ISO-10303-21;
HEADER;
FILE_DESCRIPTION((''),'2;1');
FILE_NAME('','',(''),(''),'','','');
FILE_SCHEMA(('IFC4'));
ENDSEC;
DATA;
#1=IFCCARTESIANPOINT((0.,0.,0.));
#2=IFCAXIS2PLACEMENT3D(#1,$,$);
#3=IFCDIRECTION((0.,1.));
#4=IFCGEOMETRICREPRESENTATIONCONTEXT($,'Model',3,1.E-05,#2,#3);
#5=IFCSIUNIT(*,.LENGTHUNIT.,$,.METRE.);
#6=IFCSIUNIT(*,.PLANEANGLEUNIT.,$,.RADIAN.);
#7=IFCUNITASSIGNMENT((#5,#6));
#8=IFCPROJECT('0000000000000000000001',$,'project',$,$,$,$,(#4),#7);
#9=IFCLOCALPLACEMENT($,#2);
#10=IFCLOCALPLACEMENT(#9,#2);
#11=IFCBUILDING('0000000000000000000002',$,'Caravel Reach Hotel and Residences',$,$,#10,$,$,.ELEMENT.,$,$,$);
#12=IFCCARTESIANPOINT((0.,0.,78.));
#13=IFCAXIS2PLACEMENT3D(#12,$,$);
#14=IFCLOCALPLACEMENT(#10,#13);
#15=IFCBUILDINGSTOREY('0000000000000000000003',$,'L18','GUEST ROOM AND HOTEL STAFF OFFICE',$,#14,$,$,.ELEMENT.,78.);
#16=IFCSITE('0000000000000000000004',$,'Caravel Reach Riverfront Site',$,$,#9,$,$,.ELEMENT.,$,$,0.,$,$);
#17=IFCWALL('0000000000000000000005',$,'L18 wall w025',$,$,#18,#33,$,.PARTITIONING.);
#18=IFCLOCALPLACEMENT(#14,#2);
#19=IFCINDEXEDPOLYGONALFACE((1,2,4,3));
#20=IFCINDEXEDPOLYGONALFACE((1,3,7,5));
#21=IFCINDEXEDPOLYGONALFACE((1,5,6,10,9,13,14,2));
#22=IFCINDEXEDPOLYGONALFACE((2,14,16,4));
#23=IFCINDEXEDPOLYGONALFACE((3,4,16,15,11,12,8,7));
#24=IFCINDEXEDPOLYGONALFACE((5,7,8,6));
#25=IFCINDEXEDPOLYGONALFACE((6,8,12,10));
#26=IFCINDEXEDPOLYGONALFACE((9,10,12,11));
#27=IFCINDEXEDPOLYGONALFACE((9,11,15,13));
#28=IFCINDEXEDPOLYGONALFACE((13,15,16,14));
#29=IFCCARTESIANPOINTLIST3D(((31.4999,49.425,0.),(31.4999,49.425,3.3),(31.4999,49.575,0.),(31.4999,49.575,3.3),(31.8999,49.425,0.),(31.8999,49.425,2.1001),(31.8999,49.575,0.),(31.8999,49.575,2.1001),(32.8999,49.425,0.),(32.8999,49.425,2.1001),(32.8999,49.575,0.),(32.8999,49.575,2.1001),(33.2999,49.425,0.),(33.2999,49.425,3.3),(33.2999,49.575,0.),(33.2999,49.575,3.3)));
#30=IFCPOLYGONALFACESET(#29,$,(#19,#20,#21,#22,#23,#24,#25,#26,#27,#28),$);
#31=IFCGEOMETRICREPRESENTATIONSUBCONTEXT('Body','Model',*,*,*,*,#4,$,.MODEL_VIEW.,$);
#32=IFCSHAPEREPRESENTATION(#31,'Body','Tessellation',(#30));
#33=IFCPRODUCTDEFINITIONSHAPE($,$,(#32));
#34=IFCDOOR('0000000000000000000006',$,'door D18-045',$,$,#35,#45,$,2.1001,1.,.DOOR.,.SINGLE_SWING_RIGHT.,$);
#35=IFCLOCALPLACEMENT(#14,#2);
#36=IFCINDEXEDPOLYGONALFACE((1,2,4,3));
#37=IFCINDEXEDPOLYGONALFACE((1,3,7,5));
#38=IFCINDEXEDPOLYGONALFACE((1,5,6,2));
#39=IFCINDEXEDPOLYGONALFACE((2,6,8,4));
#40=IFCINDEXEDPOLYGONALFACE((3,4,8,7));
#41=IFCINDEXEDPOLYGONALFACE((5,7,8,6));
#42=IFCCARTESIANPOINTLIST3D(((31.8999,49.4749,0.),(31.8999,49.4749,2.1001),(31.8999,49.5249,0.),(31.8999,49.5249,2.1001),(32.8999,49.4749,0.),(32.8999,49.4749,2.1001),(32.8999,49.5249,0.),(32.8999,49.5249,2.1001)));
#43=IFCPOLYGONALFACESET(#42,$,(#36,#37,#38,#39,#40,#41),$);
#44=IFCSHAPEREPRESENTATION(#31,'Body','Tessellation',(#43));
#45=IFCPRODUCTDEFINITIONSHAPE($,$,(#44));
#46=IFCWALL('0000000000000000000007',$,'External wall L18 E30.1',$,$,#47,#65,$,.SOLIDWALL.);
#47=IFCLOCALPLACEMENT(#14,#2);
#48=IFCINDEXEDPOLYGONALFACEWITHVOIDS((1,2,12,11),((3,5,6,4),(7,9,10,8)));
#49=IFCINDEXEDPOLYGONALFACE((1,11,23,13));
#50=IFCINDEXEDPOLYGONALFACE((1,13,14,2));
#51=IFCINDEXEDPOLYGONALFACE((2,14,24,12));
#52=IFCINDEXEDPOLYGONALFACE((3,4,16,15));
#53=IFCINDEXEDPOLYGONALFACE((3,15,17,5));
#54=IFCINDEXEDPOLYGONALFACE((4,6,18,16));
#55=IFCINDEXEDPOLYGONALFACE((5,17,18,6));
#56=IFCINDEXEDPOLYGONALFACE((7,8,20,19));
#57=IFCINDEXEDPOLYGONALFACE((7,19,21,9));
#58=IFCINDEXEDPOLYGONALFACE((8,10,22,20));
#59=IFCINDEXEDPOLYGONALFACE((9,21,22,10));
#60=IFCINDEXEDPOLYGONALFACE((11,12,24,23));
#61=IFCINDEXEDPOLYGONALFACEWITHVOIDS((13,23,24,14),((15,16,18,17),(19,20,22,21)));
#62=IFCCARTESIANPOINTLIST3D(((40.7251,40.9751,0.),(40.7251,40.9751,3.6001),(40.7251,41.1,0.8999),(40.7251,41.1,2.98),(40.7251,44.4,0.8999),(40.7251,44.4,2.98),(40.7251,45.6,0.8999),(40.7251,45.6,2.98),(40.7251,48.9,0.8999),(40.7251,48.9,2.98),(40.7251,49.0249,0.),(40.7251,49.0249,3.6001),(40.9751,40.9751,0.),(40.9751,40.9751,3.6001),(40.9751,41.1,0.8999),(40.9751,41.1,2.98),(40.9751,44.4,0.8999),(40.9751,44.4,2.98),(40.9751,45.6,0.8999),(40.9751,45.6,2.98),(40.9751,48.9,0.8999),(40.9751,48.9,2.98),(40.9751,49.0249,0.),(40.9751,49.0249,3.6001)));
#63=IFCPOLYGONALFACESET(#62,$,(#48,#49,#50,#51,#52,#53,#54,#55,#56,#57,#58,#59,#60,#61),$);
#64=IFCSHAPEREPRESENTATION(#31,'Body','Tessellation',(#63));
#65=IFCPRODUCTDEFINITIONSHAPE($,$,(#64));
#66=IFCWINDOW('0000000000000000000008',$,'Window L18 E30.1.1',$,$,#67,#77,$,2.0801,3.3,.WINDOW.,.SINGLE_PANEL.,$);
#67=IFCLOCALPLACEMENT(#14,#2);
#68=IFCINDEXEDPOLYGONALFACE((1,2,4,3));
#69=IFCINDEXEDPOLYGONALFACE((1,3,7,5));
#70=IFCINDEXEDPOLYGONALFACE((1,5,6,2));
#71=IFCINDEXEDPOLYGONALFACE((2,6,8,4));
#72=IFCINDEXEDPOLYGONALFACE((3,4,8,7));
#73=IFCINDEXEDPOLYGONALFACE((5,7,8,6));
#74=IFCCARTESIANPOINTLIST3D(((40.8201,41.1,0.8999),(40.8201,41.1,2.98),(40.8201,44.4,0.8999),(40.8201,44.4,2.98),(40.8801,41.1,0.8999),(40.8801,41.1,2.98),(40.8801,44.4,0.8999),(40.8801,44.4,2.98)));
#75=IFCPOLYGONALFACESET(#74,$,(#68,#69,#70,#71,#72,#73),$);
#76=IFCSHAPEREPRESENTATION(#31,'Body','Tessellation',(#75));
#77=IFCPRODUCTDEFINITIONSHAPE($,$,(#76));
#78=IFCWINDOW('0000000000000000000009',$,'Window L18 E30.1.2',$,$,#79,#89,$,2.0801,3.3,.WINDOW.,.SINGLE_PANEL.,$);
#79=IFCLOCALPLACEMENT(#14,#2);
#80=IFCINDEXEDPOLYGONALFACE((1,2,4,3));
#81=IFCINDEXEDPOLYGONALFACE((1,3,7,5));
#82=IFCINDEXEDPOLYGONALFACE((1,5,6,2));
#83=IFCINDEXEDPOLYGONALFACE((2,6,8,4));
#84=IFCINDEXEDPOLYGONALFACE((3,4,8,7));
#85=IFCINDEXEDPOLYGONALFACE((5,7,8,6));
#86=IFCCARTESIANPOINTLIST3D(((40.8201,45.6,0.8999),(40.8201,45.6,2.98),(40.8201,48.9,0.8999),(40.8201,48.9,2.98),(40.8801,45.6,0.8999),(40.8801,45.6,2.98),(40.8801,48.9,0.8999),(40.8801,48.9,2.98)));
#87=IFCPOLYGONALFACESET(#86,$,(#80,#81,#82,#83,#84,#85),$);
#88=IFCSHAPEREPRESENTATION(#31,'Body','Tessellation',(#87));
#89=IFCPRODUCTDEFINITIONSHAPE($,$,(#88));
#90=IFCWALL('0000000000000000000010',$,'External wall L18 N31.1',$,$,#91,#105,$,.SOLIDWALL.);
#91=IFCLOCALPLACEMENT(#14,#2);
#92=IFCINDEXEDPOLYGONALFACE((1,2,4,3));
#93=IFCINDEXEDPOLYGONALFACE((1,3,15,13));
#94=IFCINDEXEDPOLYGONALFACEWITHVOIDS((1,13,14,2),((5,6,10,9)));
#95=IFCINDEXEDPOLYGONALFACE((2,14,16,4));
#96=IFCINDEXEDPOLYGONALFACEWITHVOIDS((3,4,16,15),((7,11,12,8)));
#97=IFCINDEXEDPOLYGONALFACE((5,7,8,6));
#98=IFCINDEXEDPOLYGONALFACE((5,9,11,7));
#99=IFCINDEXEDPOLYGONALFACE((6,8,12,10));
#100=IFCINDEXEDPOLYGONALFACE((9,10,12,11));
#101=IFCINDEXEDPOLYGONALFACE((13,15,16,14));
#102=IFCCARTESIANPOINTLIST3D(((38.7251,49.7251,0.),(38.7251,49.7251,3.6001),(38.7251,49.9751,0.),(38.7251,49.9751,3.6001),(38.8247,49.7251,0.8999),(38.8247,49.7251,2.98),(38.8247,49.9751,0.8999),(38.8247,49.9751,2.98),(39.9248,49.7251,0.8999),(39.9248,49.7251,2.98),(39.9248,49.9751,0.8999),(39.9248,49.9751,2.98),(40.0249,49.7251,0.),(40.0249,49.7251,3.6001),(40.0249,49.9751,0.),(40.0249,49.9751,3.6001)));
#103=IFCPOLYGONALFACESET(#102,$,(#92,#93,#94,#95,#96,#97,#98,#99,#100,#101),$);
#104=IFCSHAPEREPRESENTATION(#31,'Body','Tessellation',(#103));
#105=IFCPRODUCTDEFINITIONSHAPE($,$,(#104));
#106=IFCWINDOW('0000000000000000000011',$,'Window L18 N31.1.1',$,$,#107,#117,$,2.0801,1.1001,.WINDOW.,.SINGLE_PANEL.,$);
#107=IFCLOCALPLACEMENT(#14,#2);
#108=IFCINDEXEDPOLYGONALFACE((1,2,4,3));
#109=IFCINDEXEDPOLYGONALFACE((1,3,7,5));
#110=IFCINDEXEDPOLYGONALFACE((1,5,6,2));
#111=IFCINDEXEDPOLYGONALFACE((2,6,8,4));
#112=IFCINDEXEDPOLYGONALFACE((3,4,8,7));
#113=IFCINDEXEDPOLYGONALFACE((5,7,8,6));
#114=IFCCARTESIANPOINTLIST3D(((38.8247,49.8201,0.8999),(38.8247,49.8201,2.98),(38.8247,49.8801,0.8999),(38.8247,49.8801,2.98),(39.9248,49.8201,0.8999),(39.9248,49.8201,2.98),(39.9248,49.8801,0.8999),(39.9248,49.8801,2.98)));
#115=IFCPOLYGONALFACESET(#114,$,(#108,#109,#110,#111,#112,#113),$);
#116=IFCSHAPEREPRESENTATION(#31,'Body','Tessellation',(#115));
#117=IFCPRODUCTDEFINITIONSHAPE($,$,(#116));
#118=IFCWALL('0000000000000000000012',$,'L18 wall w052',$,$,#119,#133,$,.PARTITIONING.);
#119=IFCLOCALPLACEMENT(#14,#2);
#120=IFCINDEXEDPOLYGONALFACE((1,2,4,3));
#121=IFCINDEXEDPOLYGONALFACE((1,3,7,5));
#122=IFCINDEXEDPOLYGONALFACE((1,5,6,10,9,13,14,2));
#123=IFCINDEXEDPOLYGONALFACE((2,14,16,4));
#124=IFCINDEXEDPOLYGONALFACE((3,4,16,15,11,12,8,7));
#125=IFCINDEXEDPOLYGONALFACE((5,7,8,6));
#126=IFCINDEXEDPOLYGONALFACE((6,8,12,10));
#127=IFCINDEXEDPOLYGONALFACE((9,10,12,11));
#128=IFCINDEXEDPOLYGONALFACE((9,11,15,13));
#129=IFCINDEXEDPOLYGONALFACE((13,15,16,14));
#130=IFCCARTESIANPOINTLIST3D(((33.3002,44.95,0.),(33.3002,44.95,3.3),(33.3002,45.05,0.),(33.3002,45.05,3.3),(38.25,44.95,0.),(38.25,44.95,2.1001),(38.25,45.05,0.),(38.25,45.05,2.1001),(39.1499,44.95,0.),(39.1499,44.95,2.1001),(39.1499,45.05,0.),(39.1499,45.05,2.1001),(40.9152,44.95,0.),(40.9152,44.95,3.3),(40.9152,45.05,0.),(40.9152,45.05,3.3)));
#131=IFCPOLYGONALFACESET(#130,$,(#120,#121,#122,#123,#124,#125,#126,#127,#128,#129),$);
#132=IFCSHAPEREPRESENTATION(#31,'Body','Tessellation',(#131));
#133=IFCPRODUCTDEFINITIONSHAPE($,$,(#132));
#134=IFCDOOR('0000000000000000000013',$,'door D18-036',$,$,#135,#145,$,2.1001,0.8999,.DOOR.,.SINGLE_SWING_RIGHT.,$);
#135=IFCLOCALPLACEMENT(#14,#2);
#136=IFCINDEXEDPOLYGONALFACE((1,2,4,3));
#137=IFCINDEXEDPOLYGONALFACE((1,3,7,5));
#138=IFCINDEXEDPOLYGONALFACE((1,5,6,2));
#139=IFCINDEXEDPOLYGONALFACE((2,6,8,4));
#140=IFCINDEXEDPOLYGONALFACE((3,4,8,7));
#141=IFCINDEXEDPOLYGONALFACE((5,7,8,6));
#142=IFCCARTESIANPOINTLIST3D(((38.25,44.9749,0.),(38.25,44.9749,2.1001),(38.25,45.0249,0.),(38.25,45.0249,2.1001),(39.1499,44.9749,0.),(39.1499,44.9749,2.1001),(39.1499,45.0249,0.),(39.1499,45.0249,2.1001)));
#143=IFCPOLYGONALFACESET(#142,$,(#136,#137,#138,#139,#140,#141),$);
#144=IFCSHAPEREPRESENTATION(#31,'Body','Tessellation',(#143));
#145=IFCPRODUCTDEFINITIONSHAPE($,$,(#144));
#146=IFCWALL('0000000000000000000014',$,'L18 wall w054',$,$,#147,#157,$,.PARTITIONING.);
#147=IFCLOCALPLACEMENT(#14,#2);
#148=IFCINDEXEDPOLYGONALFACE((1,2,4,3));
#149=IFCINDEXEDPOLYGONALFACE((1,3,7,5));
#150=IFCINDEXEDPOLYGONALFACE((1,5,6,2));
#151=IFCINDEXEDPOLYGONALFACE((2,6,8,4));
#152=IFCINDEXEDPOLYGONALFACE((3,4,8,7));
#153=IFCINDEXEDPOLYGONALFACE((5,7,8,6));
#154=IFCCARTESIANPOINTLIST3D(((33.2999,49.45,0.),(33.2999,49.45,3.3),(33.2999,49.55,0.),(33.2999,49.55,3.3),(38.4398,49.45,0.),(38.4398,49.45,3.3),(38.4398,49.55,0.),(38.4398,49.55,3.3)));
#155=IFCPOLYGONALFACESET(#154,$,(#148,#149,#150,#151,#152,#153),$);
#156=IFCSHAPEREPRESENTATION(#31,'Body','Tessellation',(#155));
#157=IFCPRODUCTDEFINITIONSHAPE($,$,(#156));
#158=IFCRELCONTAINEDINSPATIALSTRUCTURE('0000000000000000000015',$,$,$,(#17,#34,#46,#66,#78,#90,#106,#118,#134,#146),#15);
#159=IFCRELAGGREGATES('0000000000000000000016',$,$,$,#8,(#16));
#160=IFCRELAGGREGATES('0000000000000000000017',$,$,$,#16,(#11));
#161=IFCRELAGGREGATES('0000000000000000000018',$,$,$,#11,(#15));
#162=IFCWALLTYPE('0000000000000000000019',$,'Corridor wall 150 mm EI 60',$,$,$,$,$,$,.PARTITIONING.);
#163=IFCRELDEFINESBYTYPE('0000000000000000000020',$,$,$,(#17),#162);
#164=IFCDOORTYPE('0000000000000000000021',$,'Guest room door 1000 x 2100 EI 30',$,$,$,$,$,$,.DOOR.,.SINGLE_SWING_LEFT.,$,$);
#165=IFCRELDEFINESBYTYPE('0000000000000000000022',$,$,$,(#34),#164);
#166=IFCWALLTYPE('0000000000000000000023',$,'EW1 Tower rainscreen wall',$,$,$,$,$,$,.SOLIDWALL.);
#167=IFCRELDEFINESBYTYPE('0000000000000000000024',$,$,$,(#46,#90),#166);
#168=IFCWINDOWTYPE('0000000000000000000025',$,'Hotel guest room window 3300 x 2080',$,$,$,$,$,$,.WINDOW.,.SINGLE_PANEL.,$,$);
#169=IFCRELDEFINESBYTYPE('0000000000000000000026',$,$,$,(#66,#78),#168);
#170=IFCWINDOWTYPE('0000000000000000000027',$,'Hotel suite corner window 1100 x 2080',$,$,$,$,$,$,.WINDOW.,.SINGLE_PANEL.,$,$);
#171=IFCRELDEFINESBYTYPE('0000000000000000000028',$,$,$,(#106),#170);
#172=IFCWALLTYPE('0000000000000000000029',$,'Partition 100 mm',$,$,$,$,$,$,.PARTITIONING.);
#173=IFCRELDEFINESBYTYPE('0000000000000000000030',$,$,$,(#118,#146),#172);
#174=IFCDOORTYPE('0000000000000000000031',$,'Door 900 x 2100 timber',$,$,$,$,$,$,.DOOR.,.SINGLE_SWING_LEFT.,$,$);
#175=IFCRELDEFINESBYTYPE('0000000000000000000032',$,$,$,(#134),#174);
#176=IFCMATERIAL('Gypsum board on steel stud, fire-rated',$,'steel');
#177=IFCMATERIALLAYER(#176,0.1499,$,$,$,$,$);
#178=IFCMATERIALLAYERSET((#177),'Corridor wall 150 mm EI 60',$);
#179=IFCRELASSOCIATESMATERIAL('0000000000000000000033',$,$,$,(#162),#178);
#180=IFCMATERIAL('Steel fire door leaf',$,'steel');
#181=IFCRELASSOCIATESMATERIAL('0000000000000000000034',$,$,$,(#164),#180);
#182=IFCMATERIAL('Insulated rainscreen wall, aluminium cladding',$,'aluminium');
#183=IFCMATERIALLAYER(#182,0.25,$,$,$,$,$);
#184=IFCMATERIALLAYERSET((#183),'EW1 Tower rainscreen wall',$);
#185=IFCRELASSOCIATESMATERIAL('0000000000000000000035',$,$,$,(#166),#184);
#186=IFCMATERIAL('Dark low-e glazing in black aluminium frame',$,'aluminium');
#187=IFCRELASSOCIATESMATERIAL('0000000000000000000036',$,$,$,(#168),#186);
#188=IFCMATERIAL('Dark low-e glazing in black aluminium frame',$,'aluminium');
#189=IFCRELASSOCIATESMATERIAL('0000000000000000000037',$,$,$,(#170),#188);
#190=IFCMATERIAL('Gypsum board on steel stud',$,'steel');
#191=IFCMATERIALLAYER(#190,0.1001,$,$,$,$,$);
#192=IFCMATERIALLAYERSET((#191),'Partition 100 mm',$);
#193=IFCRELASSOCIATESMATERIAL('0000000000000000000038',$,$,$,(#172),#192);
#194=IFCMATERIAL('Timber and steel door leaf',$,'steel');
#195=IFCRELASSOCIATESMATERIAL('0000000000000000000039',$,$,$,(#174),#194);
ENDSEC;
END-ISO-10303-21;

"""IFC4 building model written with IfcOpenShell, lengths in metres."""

from ifc_helpers import new_model, si_unit, direction, frame, frame_2d, origin, place, context, subcontext, project, spatial, rectangle, extrude, material, layer, layer_set, type_object, element, fill, save


model = new_model("IFC4")

# Units and contexts
model_context = context("Model", 3, precision=1e-05, world=origin(), true_north=direction((0.0, 1.0)))
body_context = subcontext(model_context, "Body", "Model", "MODEL_VIEW")
ifc_project = project(units=[si_unit("LENGTHUNIT", "METRE"), si_unit("PLANEANGLEUNIT", "RADIAN")], contexts=[model_context])

# Site, building, storey
site_placement = place(None, origin())
site = spatial("IfcSite", under=ifc_project, at=site_placement, Name="Caravel Reach Riverfront Site", CompositionType="ELEMENT", RefElevation=0.0)
building_placement = place(site_placement, origin())
building = spatial("IfcBuilding", under=site, at=building_placement, Name="Caravel Reach Hotel and Residences", CompositionType="ELEMENT")
storey_placement = place(building_placement, frame((0.0, 0.0, 78.0)))
storey = spatial("IfcBuildingStorey", under=building, at=storey_placement, Name="L18", Description="GUEST ROOM AND HOTEL STAFF OFFICE", CompositionType="ELEMENT", Elevation=78.0)

# Wall, opening, door
ifc_material_1 = material(Name="Gypsum board on steel stud, fire-rated", Category="steel")
ifc_layer_1 = layer(ifc_material_1, 0.1499)
ifc_layer_set_1 = layer_set([ifc_layer_1], Name="Corridor wall 150 mm EI 60")
wall_type_1 = type_object("IfcWallType", Name="Corridor wall 150 mm EI 60", PredefinedType="PARTITIONING", material=ifc_layer_set_1)
wall_1_placement = place(storey_placement, frame((31.5, 49.5, 0.0), z_axis=(0.0, 0.0, 1.0), x_axis=(1.0, 0.0, 0.0)))
wall_1 = element("IfcWall", 1, at=wall_1_placement, inside=storey, type_object=wall_type_1, Name="L18 wall w025", PredefinedType="PARTITIONING", context=body_context, shape_type="SweptSolid", body=[
    extrude(rectangle(XDim=1.8, YDim=0.1499, at=frame_2d((0.8999, 0.0))), origin(), (0.0, 0.0, 1.0), 3.3),
])
opening_1_placement = place(wall_1_placement, frame((0.3999, 0.0, 0.0)))
opening_1 = element("IfcOpeningElement", 2, at=opening_1_placement, cuts=wall_1, PredefinedType="OPENING", context=body_context, shape_type="SweptSolid", body=[
    extrude(rectangle(XDim=1.0, YDim=2.1001, at=frame_2d((0.5, 1.05))), frame((0.0, 0.085, 0.0), z_axis=(0.0, -1.0, 0.0), x_axis=(1.0, 0.0, 0.0)), (0.0, 0.0, 1.0), 0.1699),
])
ifc_material_2 = material(Name="Steel fire door leaf", Category="steel")
door_type_1 = type_object("IfcDoorType", Name="Guest room door 1000 x 2100 EI 30", OperationType="SINGLE_SWING_LEFT", PredefinedType="DOOR", material=ifc_material_2)
door_1_placement = place(opening_1_placement, origin())
door_1 = element("IfcDoor", 3, at=door_1_placement, inside=storey, type_object=door_type_1, Name="door D18-045", OperationType="SINGLE_SWING_RIGHT", OverallHeight=2.1001, OverallWidth=1.0, PredefinedType="DOOR", context=body_context, shape_type="SweptSolid", body=[
    extrude(rectangle(XDim=1.0, YDim=2.1001, at=frame_2d((0.5, 1.05))), frame((0.0, 0.0249, 0.0), z_axis=(0.0, -1.0, 0.0), x_axis=(1.0, 0.0, 0.0)), (0.0, 0.0, 1.0), 0.05),
])
fill(opening_1, door_1)

# Wall, openings, windows
ifc_material_3 = material(Name="Insulated rainscreen wall, aluminium cladding", Category="aluminium")
ifc_layer_2 = layer(ifc_material_3, 0.25)
ifc_layer_set_2 = layer_set([ifc_layer_2], Name="EW1 Tower rainscreen wall")
wall_type_2 = type_object("IfcWallType", Name="EW1 Tower rainscreen wall", PredefinedType="SOLIDWALL", material=ifc_layer_set_2)
wall_2_placement = place(storey_placement, frame((40.8501, 40.9751, 0.0), z_axis=(0.0, 0.0, 1.0), x_axis=(0.0, 1.0, 0.0)))
wall_2 = element("IfcWall", 4, at=wall_2_placement, inside=storey, type_object=wall_type_2, Name="External wall L18 E30.1", PredefinedType="SOLIDWALL", context=body_context, shape_type="SweptSolid", body=[
    extrude(rectangle(XDim=8.0498, YDim=0.25, at=frame_2d((4.0249, 0.0))), origin(), (0.0, 0.0, 1.0), 3.6001),
])
opening_2_placement = place(wall_2_placement, frame((0.125, 0.0, 0.8999)))
opening_2 = element("IfcOpeningElement", 5, at=opening_2_placement, cuts=wall_2, PredefinedType="OPENING", context=body_context, shape_type="SweptSolid", body=[
    extrude(rectangle(XDim=3.3, YDim=2.0801, at=frame_2d((1.6499, 1.04))), frame((0.0, 0.135, 0.0), z_axis=(0.0, -1.0, 0.0), x_axis=(1.0, 0.0, 0.0)), (0.0, 0.0, 1.0), 0.27),
])
opening_3_placement = place(wall_2_placement, frame((4.625, 0.0, 0.8999)))
opening_3 = element("IfcOpeningElement", 6, at=opening_3_placement, cuts=wall_2, PredefinedType="OPENING", context=body_context, shape_type="SweptSolid", body=[
    extrude(rectangle(XDim=3.3, YDim=2.0801, at=frame_2d((1.6499, 1.04))), frame((0.0, 0.135, 0.0), z_axis=(0.0, -1.0, 0.0), x_axis=(1.0, 0.0, 0.0)), (0.0, 0.0, 1.0), 0.27),
])
ifc_material_4 = material(Name="Dark low-e glazing in black aluminium frame", Category="aluminium")
window_type_1 = type_object("IfcWindowType", Name="Hotel guest room window 3300 x 2080", PartitioningType="SINGLE_PANEL", PredefinedType="WINDOW", material=ifc_material_4)
window_1_placement = place(opening_2_placement, origin())
window_1 = element("IfcWindow", 7, at=window_1_placement, inside=storey, type_object=window_type_1, Name="Window L18 E30.1.1", OverallHeight=2.0801, OverallWidth=3.3, PartitioningType="SINGLE_PANEL", PredefinedType="WINDOW", context=body_context, shape_type="SweptSolid", body=[
    extrude(rectangle(XDim=3.3, YDim=2.0801, at=frame_2d((1.6499, 1.04))), frame((0.0, 0.03, 0.0), z_axis=(0.0, -1.0, 0.0), x_axis=(1.0, 0.0, 0.0)), (0.0, 0.0, 1.0), 0.0601),
])
fill(opening_2, window_1)
window_2_placement = place(opening_3_placement, origin())
window_2 = element("IfcWindow", 8, at=window_2_placement, inside=storey, type_object=window_type_1, Name="Window L18 E30.1.2", OverallHeight=2.0801, OverallWidth=3.3, PartitioningType="SINGLE_PANEL", PredefinedType="WINDOW", context=body_context, shape_type="SweptSolid", body=[
    extrude(rectangle(XDim=3.3, YDim=2.0801, at=frame_2d((1.6499, 1.04))), frame((0.0, 0.03, 0.0), z_axis=(0.0, -1.0, 0.0), x_axis=(1.0, 0.0, 0.0)), (0.0, 0.0, 1.0), 0.0601),
])
fill(opening_3, window_2)

# Wall, opening, window
wall_3_placement = place(storey_placement, frame((40.0249, 49.8501, 0.0), z_axis=(0.0, 0.0, 1.0), x_axis=(-1.0, 0.0, 0.0)))
wall_3 = element("IfcWall", 9, at=wall_3_placement, inside=storey, type_object=wall_type_2, Name="External wall L18 N31.1", PredefinedType="SOLIDWALL", context=body_context, shape_type="SweptSolid", body=[
    extrude(rectangle(XDim=1.2998, YDim=0.25, at=frame_2d((0.6499, 0.0))), origin(), (0.0, 0.0, 1.0), 3.6001),
])
opening_4_placement = place(wall_3_placement, frame((0.1001, 0.0, 0.8999)))
opening_4 = element("IfcOpeningElement", 10, at=opening_4_placement, cuts=wall_3, PredefinedType="OPENING", context=body_context, shape_type="SweptSolid", body=[
    extrude(rectangle(XDim=1.1001, YDim=2.0801, at=frame_2d((0.55, 1.04))), frame((0.0, 0.135, 0.0), z_axis=(0.0, -1.0, 0.0), x_axis=(1.0, 0.0, 0.0)), (0.0, 0.0, 1.0), 0.27),
])
ifc_material_5 = material(Name="Dark low-e glazing in black aluminium frame", Category="aluminium")
window_type_2 = type_object("IfcWindowType", Name="Hotel suite corner window 1100 x 2080", PartitioningType="SINGLE_PANEL", PredefinedType="WINDOW", material=ifc_material_5)
window_3_placement = place(opening_4_placement, origin())
window_3 = element("IfcWindow", 11, at=window_3_placement, inside=storey, type_object=window_type_2, Name="Window L18 N31.1.1", OverallHeight=2.0801, OverallWidth=1.1001, PartitioningType="SINGLE_PANEL", PredefinedType="WINDOW", context=body_context, shape_type="SweptSolid", body=[
    extrude(rectangle(XDim=1.1001, YDim=2.0801, at=frame_2d((0.55, 1.04))), frame((0.0, 0.03, 0.0), z_axis=(0.0, -1.0, 0.0), x_axis=(1.0, 0.0, 0.0)), (0.0, 0.0, 1.0), 0.0601),
])
fill(opening_4, window_3)

# Wall, opening, door
ifc_material_6 = material(Name="Gypsum board on steel stud", Category="steel")
ifc_layer_3 = layer(ifc_material_6, 0.1001)
ifc_layer_set_3 = layer_set([ifc_layer_3], Name="Partition 100 mm")
wall_type_3 = type_object("IfcWallType", Name="Partition 100 mm", PredefinedType="PARTITIONING", material=ifc_layer_set_3)
wall_4_placement = place(storey_placement, frame((33.3, 45.0, 0.0), z_axis=(0.0, 0.0, 1.0), x_axis=(1.0, 0.0, 0.0)))
wall_4 = element("IfcWall", 12, at=wall_4_placement, inside=storey, type_object=wall_type_3, Name="L18 wall w052", PredefinedType="PARTITIONING", context=body_context, shape_type="SweptSolid", body=[
    extrude(rectangle(XDim=7.615, YDim=0.1001, at=frame_2d((3.8076, 0.0))), origin(), (0.0, 0.0, 1.0), 3.3),
])
opening_5_placement = place(wall_4_placement, frame((4.95, 0.0, 0.0)))
opening_5 = element("IfcOpeningElement", 13, at=opening_5_placement, cuts=wall_4, PredefinedType="OPENING", context=body_context, shape_type="SweptSolid", body=[
    extrude(rectangle(XDim=0.8999, YDim=2.1001, at=frame_2d((0.45, 1.05))), frame((0.0, 0.0601, 0.0), z_axis=(0.0, -1.0, 0.0), x_axis=(1.0, 0.0, 0.0)), (0.0, 0.0, 1.0), 0.1201),
])
ifc_material_7 = material(Name="Timber and steel door leaf", Category="steel")
door_type_2 = type_object("IfcDoorType", Name="Door 900 x 2100 timber", OperationType="SINGLE_SWING_LEFT", PredefinedType="DOOR", material=ifc_material_7)
door_2_placement = place(opening_5_placement, origin())
door_2 = element("IfcDoor", 14, at=door_2_placement, inside=storey, type_object=door_type_2, Name="door D18-036", OperationType="SINGLE_SWING_RIGHT", OverallHeight=2.1001, OverallWidth=0.8999, PredefinedType="DOOR", context=body_context, shape_type="SweptSolid", body=[
    extrude(rectangle(XDim=0.8999, YDim=2.1001, at=frame_2d((0.45, 1.05))), frame((0.0, 0.0249, 0.0), z_axis=(0.0, -1.0, 0.0), x_axis=(1.0, 0.0, 0.0)), (0.0, 0.0, 1.0), 0.05),
])
fill(opening_5, door_2)

# Wall
wall_5_placement = place(storey_placement, frame((33.3, 49.5, 0.0), z_axis=(0.0, 0.0, 1.0), x_axis=(1.0, 0.0, 0.0)))
element("IfcWall", 15, at=wall_5_placement, inside=storey, type_object=wall_type_3, Name="L18 wall w054", PredefinedType="PARTITIONING", context=body_context, shape_type="SweptSolid", body=[
    extrude(rectangle(XDim=5.1399, YDim=0.1001, at=frame_2d((2.5698, 0.0))), origin(), (0.0, 0.0, 1.0), 3.3),
])

save(model, "model.ifc")
